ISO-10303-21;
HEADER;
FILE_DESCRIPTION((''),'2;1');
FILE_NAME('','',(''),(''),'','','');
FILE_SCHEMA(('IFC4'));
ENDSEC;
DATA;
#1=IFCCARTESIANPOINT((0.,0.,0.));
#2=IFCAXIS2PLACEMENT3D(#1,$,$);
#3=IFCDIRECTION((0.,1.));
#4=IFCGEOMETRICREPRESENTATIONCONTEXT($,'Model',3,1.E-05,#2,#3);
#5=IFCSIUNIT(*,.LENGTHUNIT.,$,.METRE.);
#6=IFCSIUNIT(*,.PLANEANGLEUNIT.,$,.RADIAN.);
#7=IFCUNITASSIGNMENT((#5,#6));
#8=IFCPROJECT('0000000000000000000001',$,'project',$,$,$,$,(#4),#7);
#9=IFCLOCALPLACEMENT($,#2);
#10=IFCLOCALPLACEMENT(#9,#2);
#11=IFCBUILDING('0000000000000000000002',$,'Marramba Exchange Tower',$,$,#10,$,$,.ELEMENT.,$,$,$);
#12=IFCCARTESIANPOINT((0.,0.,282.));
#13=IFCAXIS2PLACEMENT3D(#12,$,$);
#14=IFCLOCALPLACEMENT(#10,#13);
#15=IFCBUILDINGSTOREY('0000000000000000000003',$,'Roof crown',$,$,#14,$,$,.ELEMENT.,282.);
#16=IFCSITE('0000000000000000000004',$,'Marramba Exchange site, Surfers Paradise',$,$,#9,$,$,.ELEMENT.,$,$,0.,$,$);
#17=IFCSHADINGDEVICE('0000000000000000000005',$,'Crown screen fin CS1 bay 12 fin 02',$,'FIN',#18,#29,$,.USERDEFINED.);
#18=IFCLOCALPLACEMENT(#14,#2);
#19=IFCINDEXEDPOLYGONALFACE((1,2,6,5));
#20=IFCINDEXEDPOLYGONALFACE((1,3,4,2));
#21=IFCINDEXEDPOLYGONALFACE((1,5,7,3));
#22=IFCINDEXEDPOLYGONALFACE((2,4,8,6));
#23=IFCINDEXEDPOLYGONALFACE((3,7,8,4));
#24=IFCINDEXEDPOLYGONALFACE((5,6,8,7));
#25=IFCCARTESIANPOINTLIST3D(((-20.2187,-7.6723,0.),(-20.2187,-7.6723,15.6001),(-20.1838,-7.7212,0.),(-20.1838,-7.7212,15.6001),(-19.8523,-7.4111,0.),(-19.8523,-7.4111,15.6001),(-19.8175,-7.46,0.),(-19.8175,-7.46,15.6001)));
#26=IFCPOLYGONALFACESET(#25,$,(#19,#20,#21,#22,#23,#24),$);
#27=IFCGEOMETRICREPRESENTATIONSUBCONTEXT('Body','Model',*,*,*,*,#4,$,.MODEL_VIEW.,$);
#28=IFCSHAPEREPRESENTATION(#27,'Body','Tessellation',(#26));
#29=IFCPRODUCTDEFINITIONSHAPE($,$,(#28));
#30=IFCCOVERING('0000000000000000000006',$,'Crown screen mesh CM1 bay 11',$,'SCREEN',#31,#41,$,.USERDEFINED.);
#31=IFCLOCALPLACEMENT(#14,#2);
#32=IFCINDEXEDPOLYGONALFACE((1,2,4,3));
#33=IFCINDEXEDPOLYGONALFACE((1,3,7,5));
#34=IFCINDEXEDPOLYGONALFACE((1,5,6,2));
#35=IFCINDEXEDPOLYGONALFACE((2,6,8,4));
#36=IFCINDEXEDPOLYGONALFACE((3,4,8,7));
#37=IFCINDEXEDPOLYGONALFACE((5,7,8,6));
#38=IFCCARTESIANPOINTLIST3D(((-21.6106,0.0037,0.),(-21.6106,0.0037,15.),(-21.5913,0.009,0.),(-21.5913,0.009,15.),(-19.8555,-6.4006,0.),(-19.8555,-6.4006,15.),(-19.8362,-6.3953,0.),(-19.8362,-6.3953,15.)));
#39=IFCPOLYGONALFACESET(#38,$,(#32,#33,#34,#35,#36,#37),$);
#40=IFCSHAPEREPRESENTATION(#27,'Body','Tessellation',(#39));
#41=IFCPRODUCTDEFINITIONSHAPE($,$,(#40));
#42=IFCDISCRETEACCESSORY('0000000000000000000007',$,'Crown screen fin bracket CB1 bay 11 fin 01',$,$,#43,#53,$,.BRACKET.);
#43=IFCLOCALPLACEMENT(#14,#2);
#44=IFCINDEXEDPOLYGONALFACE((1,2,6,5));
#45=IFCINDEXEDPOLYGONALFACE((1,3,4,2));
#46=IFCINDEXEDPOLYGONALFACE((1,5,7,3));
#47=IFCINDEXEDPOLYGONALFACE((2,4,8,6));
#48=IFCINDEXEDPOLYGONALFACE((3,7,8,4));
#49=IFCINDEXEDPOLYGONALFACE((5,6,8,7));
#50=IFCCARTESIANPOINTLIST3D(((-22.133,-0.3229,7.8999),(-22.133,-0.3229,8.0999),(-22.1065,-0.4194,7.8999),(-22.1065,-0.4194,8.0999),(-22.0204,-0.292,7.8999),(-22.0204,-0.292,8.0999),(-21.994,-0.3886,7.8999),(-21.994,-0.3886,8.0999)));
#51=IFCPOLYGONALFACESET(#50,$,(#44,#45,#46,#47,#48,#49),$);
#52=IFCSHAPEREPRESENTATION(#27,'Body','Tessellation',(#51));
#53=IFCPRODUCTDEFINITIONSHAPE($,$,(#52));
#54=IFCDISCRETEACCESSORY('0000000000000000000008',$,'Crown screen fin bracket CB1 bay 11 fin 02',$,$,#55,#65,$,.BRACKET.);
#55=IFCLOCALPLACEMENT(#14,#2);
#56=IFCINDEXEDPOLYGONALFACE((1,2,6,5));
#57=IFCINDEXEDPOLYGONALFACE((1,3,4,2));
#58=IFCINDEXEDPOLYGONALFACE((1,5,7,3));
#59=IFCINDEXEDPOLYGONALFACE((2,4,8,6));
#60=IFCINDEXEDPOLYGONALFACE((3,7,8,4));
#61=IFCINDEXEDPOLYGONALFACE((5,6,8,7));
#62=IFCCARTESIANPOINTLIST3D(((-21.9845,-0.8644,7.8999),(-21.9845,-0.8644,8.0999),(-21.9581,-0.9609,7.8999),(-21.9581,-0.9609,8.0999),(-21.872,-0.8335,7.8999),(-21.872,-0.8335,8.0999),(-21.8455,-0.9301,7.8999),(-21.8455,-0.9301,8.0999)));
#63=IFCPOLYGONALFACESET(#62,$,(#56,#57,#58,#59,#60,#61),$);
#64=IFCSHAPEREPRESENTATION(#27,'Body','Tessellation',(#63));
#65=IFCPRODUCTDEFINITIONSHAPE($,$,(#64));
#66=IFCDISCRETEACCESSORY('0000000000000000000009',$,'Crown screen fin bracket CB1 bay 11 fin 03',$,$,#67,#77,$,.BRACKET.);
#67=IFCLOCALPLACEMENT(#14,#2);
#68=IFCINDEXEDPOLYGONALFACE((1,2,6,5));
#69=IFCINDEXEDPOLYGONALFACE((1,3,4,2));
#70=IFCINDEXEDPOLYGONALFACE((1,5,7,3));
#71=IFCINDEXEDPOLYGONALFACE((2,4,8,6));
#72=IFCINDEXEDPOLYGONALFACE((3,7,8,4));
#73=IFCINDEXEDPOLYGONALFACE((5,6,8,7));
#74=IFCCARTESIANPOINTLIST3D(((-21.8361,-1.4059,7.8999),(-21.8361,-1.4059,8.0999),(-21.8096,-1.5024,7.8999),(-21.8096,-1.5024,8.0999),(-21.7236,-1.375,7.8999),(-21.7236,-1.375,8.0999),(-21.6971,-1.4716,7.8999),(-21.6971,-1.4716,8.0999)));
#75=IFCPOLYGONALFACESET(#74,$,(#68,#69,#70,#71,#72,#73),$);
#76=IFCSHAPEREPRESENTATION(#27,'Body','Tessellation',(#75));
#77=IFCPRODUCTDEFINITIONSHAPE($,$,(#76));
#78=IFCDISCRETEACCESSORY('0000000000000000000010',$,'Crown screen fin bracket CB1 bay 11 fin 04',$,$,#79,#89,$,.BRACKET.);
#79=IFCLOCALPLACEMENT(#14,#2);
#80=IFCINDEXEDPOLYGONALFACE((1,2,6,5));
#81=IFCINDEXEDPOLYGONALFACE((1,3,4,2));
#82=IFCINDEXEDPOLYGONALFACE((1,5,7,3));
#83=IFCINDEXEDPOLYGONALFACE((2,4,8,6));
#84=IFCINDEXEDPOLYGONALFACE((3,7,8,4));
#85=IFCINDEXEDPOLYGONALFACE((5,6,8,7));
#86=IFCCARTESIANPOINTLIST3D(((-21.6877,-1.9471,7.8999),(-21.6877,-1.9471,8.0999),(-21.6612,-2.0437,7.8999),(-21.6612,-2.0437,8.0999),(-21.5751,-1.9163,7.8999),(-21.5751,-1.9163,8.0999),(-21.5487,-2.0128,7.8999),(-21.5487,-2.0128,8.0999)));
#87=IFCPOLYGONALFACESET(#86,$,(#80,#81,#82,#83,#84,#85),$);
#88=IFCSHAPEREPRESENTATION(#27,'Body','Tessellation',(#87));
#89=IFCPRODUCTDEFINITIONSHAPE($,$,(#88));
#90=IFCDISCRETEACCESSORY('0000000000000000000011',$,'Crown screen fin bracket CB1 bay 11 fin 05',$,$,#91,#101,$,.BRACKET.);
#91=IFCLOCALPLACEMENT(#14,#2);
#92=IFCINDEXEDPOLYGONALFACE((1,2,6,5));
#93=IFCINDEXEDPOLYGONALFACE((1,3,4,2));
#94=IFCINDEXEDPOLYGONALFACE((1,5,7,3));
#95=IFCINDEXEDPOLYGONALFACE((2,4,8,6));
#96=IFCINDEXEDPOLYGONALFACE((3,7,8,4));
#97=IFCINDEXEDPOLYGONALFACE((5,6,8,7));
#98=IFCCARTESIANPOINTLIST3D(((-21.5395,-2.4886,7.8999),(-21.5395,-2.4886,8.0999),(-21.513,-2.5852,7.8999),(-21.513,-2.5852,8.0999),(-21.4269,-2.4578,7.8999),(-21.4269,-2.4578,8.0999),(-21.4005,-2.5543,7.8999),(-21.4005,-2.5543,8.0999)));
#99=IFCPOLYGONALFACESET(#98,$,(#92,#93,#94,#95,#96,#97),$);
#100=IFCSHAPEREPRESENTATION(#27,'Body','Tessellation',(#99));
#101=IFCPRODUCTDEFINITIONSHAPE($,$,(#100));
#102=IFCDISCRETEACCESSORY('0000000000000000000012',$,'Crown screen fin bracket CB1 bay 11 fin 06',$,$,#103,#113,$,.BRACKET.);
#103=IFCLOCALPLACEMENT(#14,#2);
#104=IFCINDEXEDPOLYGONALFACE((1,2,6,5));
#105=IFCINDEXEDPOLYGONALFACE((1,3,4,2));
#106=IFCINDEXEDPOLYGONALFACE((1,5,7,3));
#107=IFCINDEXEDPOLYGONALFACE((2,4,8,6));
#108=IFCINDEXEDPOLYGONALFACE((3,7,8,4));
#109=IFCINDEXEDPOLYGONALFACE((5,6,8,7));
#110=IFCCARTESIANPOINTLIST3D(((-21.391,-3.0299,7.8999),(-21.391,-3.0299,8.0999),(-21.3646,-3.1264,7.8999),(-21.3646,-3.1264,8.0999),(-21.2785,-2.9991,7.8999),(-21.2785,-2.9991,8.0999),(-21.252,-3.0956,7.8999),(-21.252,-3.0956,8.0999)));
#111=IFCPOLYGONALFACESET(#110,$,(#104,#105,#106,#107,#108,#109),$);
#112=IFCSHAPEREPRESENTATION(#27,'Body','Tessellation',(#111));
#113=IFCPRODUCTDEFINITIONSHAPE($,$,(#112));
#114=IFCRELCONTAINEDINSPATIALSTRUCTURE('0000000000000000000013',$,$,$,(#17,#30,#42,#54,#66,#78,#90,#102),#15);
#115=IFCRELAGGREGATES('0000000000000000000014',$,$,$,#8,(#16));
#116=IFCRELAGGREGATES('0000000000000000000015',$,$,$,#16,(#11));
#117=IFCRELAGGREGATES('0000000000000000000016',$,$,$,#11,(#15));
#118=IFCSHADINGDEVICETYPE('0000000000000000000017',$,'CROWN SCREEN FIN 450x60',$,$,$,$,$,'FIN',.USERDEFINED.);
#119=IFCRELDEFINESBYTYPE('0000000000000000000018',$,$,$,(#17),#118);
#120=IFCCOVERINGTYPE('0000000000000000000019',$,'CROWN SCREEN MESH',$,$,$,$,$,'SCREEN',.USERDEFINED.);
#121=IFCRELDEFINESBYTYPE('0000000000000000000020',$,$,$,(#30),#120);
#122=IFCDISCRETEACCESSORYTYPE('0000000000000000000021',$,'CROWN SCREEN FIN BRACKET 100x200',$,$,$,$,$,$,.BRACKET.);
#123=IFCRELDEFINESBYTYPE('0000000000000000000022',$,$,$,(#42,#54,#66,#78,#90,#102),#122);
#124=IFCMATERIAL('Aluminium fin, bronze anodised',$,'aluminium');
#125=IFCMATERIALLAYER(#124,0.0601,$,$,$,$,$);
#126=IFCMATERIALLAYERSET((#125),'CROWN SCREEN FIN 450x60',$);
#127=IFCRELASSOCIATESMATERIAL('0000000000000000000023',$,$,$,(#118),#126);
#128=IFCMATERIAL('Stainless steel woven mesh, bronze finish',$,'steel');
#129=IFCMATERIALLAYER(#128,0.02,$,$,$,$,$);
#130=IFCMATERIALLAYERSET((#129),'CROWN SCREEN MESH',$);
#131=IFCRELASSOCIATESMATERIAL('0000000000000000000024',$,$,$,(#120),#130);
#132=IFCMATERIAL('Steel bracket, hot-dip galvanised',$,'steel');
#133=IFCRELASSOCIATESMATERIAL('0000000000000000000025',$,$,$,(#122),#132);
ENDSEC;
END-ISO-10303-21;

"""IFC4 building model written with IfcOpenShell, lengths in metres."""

from ifc_helpers import new_model, si_unit, direction, frame, origin, origin_2d, place, context, subcontext, project, spatial, rectangle, extrude, material, layer, layer_set, type_object, element, save


model = new_model("IFC4")

# Units and contexts
model_context = context("Model", 3, precision=1e-05, world=origin(), true_north=direction((0.0, 1.0)))
body_context = subcontext(model_context, "Body", "Model", "MODEL_VIEW")
ifc_project = project(units=[si_unit("LENGTHUNIT", "METRE"), si_unit("PLANEANGLEUNIT", "RADIAN")], contexts=[model_context])

# Site, building, storey
site_placement = place(None, origin())
site = spatial("IfcSite", under=ifc_project, at=site_placement, Name="Marramba Exchange site, Surfers Paradise", CompositionType="ELEMENT", RefElevation=0.0)
building_placement = place(site_placement, origin())
building = spatial("IfcBuilding", under=site, at=building_placement, Name="Marramba Exchange Tower", CompositionType="ELEMENT")
storey_placement = place(building_placement, frame((0.0, 0.0, 282.0)))
storey = spatial("IfcBuildingStorey", under=building, at=storey_placement, Name="Roof crown", CompositionType="ELEMENT", Elevation=282.0)

# Shading device
ifc_material_1 = material(Name="Aluminium fin, bronze anodised", Category="aluminium")
ifc_layer_1 = layer(ifc_material_1, 0.0601)
ifc_layer_set_1 = layer_set([ifc_layer_1], Name="CROWN SCREEN FIN 450x60")
shading_device_type = type_object("IfcShadingDeviceType", Name="CROWN SCREEN FIN 450x60", ElementType="FIN", PredefinedType="USERDEFINED", material=ifc_layer_set_1)
for number, where, z_axis, x_axis, name in (
    (1, (-20.0181, -7.5662, 0.0), (0.0, 0.0, 1.0), (-0.81416, -0.58064, 0.0), "Crown screen fin CS1 bay 12 fin 02"),
):
    element("IfcShadingDevice", number, at=place(storey_placement, frame(where, z_axis=z_axis, x_axis=x_axis)), inside=storey, type_object=shading_device_type, Name=name, ObjectType="FIN", PredefinedType="USERDEFINED", context=body_context, shape_type="SweptSolid", body=[
        extrude(rectangle(XDim=0.45, YDim=0.0601, at=origin_2d()), origin(), (0.0, 0.0, 1.0), 15.6001),
    ])

# Covering
ifc_material_2 = material(Name="Stainless steel woven mesh, bronze finish", Category="steel")
ifc_layer_2 = layer(ifc_material_2, 0.02)
ifc_layer_set_2 = layer_set([ifc_layer_2], Name="CROWN SCREEN MESH")
covering_type = type_object("IfcCoveringType", Name="CROWN SCREEN MESH", ElementType="SCREEN", PredefinedType="USERDEFINED", material=ifc_layer_set_2)
covering_placement = place(storey_placement, frame((-20.7234, -3.1958, 0.0), z_axis=(0.0, 0.0, 1.0), x_axis=(0.264304, -0.964439, 0.0)))
element("IfcCovering", 2, at=covering_placement, inside=storey, type_object=covering_type, Name="Crown screen mesh CM1 bay 11", ObjectType="SCREEN", PredefinedType="USERDEFINED", context=body_context, shape_type="SweptSolid", body=[
    extrude(rectangle(XDim=6.6404, YDim=0.02, at=origin_2d()), origin(), (0.0, 0.0, 1.0), 15.0),
])

# Discrete accessories
ifc_material_3 = material(Name="Steel bracket, hot-dip galvanised", Category="steel")
discrete_accessory_type = type_object("IfcDiscreteAccessoryType", Name="CROWN SCREEN FIN BRACKET 100x200", PredefinedType="BRACKET", material=ifc_material_3)
for number, where, z_axis, x_axis, name in (
    (3, (-22.0635, -0.3557, 7.8999), (0.0, 0.0, 1.0), (0.264304, -0.964439, 0.0), "Crown screen fin bracket CB1 bay 11 fin 01"),
    (4, (-21.915, -0.8972, 7.8999), (0.0, 0.0, 1.0), (0.264304, -0.964439, 0.0), "Crown screen fin bracket CB1 bay 11 fin 02"),
    (5, (-21.7666, -1.4387, 7.8999), (0.0, 0.0, 1.0), (0.264304, -0.964439, 0.0), "Crown screen fin bracket CB1 bay 11 fin 03"),
    (6, (-21.6182, -1.98, 7.8999), (0.0, 0.0, 1.0), (0.264304, -0.964439, 0.0), "Crown screen fin bracket CB1 bay 11 fin 04"),
    (7, (-21.47, -2.5215, 7.8999), (0.0, 0.0, 1.0), (0.264304, -0.964439, 0.0), "Crown screen fin bracket CB1 bay 11 fin 05"),
    (8, (-21.3215, -3.0627, 7.8999), (0.0, 0.0, 1.0), (0.264304, -0.964439, 0.0), "Crown screen fin bracket CB1 bay 11 fin 06"),
):
    element("IfcDiscreteAccessory", number, at=place(storey_placement, frame(where, z_axis=z_axis, x_axis=x_axis)), inside=storey, type_object=discrete_accessory_type, Name=name, PredefinedType="BRACKET", context=body_context, shape_type="SweptSolid", body=[
        extrude(rectangle(XDim=0.1001, YDim=0.1167, at=origin_2d()), origin(), (0.0, 0.0, 1.0), 0.2),
    ])

save(model, "model.ifc")
